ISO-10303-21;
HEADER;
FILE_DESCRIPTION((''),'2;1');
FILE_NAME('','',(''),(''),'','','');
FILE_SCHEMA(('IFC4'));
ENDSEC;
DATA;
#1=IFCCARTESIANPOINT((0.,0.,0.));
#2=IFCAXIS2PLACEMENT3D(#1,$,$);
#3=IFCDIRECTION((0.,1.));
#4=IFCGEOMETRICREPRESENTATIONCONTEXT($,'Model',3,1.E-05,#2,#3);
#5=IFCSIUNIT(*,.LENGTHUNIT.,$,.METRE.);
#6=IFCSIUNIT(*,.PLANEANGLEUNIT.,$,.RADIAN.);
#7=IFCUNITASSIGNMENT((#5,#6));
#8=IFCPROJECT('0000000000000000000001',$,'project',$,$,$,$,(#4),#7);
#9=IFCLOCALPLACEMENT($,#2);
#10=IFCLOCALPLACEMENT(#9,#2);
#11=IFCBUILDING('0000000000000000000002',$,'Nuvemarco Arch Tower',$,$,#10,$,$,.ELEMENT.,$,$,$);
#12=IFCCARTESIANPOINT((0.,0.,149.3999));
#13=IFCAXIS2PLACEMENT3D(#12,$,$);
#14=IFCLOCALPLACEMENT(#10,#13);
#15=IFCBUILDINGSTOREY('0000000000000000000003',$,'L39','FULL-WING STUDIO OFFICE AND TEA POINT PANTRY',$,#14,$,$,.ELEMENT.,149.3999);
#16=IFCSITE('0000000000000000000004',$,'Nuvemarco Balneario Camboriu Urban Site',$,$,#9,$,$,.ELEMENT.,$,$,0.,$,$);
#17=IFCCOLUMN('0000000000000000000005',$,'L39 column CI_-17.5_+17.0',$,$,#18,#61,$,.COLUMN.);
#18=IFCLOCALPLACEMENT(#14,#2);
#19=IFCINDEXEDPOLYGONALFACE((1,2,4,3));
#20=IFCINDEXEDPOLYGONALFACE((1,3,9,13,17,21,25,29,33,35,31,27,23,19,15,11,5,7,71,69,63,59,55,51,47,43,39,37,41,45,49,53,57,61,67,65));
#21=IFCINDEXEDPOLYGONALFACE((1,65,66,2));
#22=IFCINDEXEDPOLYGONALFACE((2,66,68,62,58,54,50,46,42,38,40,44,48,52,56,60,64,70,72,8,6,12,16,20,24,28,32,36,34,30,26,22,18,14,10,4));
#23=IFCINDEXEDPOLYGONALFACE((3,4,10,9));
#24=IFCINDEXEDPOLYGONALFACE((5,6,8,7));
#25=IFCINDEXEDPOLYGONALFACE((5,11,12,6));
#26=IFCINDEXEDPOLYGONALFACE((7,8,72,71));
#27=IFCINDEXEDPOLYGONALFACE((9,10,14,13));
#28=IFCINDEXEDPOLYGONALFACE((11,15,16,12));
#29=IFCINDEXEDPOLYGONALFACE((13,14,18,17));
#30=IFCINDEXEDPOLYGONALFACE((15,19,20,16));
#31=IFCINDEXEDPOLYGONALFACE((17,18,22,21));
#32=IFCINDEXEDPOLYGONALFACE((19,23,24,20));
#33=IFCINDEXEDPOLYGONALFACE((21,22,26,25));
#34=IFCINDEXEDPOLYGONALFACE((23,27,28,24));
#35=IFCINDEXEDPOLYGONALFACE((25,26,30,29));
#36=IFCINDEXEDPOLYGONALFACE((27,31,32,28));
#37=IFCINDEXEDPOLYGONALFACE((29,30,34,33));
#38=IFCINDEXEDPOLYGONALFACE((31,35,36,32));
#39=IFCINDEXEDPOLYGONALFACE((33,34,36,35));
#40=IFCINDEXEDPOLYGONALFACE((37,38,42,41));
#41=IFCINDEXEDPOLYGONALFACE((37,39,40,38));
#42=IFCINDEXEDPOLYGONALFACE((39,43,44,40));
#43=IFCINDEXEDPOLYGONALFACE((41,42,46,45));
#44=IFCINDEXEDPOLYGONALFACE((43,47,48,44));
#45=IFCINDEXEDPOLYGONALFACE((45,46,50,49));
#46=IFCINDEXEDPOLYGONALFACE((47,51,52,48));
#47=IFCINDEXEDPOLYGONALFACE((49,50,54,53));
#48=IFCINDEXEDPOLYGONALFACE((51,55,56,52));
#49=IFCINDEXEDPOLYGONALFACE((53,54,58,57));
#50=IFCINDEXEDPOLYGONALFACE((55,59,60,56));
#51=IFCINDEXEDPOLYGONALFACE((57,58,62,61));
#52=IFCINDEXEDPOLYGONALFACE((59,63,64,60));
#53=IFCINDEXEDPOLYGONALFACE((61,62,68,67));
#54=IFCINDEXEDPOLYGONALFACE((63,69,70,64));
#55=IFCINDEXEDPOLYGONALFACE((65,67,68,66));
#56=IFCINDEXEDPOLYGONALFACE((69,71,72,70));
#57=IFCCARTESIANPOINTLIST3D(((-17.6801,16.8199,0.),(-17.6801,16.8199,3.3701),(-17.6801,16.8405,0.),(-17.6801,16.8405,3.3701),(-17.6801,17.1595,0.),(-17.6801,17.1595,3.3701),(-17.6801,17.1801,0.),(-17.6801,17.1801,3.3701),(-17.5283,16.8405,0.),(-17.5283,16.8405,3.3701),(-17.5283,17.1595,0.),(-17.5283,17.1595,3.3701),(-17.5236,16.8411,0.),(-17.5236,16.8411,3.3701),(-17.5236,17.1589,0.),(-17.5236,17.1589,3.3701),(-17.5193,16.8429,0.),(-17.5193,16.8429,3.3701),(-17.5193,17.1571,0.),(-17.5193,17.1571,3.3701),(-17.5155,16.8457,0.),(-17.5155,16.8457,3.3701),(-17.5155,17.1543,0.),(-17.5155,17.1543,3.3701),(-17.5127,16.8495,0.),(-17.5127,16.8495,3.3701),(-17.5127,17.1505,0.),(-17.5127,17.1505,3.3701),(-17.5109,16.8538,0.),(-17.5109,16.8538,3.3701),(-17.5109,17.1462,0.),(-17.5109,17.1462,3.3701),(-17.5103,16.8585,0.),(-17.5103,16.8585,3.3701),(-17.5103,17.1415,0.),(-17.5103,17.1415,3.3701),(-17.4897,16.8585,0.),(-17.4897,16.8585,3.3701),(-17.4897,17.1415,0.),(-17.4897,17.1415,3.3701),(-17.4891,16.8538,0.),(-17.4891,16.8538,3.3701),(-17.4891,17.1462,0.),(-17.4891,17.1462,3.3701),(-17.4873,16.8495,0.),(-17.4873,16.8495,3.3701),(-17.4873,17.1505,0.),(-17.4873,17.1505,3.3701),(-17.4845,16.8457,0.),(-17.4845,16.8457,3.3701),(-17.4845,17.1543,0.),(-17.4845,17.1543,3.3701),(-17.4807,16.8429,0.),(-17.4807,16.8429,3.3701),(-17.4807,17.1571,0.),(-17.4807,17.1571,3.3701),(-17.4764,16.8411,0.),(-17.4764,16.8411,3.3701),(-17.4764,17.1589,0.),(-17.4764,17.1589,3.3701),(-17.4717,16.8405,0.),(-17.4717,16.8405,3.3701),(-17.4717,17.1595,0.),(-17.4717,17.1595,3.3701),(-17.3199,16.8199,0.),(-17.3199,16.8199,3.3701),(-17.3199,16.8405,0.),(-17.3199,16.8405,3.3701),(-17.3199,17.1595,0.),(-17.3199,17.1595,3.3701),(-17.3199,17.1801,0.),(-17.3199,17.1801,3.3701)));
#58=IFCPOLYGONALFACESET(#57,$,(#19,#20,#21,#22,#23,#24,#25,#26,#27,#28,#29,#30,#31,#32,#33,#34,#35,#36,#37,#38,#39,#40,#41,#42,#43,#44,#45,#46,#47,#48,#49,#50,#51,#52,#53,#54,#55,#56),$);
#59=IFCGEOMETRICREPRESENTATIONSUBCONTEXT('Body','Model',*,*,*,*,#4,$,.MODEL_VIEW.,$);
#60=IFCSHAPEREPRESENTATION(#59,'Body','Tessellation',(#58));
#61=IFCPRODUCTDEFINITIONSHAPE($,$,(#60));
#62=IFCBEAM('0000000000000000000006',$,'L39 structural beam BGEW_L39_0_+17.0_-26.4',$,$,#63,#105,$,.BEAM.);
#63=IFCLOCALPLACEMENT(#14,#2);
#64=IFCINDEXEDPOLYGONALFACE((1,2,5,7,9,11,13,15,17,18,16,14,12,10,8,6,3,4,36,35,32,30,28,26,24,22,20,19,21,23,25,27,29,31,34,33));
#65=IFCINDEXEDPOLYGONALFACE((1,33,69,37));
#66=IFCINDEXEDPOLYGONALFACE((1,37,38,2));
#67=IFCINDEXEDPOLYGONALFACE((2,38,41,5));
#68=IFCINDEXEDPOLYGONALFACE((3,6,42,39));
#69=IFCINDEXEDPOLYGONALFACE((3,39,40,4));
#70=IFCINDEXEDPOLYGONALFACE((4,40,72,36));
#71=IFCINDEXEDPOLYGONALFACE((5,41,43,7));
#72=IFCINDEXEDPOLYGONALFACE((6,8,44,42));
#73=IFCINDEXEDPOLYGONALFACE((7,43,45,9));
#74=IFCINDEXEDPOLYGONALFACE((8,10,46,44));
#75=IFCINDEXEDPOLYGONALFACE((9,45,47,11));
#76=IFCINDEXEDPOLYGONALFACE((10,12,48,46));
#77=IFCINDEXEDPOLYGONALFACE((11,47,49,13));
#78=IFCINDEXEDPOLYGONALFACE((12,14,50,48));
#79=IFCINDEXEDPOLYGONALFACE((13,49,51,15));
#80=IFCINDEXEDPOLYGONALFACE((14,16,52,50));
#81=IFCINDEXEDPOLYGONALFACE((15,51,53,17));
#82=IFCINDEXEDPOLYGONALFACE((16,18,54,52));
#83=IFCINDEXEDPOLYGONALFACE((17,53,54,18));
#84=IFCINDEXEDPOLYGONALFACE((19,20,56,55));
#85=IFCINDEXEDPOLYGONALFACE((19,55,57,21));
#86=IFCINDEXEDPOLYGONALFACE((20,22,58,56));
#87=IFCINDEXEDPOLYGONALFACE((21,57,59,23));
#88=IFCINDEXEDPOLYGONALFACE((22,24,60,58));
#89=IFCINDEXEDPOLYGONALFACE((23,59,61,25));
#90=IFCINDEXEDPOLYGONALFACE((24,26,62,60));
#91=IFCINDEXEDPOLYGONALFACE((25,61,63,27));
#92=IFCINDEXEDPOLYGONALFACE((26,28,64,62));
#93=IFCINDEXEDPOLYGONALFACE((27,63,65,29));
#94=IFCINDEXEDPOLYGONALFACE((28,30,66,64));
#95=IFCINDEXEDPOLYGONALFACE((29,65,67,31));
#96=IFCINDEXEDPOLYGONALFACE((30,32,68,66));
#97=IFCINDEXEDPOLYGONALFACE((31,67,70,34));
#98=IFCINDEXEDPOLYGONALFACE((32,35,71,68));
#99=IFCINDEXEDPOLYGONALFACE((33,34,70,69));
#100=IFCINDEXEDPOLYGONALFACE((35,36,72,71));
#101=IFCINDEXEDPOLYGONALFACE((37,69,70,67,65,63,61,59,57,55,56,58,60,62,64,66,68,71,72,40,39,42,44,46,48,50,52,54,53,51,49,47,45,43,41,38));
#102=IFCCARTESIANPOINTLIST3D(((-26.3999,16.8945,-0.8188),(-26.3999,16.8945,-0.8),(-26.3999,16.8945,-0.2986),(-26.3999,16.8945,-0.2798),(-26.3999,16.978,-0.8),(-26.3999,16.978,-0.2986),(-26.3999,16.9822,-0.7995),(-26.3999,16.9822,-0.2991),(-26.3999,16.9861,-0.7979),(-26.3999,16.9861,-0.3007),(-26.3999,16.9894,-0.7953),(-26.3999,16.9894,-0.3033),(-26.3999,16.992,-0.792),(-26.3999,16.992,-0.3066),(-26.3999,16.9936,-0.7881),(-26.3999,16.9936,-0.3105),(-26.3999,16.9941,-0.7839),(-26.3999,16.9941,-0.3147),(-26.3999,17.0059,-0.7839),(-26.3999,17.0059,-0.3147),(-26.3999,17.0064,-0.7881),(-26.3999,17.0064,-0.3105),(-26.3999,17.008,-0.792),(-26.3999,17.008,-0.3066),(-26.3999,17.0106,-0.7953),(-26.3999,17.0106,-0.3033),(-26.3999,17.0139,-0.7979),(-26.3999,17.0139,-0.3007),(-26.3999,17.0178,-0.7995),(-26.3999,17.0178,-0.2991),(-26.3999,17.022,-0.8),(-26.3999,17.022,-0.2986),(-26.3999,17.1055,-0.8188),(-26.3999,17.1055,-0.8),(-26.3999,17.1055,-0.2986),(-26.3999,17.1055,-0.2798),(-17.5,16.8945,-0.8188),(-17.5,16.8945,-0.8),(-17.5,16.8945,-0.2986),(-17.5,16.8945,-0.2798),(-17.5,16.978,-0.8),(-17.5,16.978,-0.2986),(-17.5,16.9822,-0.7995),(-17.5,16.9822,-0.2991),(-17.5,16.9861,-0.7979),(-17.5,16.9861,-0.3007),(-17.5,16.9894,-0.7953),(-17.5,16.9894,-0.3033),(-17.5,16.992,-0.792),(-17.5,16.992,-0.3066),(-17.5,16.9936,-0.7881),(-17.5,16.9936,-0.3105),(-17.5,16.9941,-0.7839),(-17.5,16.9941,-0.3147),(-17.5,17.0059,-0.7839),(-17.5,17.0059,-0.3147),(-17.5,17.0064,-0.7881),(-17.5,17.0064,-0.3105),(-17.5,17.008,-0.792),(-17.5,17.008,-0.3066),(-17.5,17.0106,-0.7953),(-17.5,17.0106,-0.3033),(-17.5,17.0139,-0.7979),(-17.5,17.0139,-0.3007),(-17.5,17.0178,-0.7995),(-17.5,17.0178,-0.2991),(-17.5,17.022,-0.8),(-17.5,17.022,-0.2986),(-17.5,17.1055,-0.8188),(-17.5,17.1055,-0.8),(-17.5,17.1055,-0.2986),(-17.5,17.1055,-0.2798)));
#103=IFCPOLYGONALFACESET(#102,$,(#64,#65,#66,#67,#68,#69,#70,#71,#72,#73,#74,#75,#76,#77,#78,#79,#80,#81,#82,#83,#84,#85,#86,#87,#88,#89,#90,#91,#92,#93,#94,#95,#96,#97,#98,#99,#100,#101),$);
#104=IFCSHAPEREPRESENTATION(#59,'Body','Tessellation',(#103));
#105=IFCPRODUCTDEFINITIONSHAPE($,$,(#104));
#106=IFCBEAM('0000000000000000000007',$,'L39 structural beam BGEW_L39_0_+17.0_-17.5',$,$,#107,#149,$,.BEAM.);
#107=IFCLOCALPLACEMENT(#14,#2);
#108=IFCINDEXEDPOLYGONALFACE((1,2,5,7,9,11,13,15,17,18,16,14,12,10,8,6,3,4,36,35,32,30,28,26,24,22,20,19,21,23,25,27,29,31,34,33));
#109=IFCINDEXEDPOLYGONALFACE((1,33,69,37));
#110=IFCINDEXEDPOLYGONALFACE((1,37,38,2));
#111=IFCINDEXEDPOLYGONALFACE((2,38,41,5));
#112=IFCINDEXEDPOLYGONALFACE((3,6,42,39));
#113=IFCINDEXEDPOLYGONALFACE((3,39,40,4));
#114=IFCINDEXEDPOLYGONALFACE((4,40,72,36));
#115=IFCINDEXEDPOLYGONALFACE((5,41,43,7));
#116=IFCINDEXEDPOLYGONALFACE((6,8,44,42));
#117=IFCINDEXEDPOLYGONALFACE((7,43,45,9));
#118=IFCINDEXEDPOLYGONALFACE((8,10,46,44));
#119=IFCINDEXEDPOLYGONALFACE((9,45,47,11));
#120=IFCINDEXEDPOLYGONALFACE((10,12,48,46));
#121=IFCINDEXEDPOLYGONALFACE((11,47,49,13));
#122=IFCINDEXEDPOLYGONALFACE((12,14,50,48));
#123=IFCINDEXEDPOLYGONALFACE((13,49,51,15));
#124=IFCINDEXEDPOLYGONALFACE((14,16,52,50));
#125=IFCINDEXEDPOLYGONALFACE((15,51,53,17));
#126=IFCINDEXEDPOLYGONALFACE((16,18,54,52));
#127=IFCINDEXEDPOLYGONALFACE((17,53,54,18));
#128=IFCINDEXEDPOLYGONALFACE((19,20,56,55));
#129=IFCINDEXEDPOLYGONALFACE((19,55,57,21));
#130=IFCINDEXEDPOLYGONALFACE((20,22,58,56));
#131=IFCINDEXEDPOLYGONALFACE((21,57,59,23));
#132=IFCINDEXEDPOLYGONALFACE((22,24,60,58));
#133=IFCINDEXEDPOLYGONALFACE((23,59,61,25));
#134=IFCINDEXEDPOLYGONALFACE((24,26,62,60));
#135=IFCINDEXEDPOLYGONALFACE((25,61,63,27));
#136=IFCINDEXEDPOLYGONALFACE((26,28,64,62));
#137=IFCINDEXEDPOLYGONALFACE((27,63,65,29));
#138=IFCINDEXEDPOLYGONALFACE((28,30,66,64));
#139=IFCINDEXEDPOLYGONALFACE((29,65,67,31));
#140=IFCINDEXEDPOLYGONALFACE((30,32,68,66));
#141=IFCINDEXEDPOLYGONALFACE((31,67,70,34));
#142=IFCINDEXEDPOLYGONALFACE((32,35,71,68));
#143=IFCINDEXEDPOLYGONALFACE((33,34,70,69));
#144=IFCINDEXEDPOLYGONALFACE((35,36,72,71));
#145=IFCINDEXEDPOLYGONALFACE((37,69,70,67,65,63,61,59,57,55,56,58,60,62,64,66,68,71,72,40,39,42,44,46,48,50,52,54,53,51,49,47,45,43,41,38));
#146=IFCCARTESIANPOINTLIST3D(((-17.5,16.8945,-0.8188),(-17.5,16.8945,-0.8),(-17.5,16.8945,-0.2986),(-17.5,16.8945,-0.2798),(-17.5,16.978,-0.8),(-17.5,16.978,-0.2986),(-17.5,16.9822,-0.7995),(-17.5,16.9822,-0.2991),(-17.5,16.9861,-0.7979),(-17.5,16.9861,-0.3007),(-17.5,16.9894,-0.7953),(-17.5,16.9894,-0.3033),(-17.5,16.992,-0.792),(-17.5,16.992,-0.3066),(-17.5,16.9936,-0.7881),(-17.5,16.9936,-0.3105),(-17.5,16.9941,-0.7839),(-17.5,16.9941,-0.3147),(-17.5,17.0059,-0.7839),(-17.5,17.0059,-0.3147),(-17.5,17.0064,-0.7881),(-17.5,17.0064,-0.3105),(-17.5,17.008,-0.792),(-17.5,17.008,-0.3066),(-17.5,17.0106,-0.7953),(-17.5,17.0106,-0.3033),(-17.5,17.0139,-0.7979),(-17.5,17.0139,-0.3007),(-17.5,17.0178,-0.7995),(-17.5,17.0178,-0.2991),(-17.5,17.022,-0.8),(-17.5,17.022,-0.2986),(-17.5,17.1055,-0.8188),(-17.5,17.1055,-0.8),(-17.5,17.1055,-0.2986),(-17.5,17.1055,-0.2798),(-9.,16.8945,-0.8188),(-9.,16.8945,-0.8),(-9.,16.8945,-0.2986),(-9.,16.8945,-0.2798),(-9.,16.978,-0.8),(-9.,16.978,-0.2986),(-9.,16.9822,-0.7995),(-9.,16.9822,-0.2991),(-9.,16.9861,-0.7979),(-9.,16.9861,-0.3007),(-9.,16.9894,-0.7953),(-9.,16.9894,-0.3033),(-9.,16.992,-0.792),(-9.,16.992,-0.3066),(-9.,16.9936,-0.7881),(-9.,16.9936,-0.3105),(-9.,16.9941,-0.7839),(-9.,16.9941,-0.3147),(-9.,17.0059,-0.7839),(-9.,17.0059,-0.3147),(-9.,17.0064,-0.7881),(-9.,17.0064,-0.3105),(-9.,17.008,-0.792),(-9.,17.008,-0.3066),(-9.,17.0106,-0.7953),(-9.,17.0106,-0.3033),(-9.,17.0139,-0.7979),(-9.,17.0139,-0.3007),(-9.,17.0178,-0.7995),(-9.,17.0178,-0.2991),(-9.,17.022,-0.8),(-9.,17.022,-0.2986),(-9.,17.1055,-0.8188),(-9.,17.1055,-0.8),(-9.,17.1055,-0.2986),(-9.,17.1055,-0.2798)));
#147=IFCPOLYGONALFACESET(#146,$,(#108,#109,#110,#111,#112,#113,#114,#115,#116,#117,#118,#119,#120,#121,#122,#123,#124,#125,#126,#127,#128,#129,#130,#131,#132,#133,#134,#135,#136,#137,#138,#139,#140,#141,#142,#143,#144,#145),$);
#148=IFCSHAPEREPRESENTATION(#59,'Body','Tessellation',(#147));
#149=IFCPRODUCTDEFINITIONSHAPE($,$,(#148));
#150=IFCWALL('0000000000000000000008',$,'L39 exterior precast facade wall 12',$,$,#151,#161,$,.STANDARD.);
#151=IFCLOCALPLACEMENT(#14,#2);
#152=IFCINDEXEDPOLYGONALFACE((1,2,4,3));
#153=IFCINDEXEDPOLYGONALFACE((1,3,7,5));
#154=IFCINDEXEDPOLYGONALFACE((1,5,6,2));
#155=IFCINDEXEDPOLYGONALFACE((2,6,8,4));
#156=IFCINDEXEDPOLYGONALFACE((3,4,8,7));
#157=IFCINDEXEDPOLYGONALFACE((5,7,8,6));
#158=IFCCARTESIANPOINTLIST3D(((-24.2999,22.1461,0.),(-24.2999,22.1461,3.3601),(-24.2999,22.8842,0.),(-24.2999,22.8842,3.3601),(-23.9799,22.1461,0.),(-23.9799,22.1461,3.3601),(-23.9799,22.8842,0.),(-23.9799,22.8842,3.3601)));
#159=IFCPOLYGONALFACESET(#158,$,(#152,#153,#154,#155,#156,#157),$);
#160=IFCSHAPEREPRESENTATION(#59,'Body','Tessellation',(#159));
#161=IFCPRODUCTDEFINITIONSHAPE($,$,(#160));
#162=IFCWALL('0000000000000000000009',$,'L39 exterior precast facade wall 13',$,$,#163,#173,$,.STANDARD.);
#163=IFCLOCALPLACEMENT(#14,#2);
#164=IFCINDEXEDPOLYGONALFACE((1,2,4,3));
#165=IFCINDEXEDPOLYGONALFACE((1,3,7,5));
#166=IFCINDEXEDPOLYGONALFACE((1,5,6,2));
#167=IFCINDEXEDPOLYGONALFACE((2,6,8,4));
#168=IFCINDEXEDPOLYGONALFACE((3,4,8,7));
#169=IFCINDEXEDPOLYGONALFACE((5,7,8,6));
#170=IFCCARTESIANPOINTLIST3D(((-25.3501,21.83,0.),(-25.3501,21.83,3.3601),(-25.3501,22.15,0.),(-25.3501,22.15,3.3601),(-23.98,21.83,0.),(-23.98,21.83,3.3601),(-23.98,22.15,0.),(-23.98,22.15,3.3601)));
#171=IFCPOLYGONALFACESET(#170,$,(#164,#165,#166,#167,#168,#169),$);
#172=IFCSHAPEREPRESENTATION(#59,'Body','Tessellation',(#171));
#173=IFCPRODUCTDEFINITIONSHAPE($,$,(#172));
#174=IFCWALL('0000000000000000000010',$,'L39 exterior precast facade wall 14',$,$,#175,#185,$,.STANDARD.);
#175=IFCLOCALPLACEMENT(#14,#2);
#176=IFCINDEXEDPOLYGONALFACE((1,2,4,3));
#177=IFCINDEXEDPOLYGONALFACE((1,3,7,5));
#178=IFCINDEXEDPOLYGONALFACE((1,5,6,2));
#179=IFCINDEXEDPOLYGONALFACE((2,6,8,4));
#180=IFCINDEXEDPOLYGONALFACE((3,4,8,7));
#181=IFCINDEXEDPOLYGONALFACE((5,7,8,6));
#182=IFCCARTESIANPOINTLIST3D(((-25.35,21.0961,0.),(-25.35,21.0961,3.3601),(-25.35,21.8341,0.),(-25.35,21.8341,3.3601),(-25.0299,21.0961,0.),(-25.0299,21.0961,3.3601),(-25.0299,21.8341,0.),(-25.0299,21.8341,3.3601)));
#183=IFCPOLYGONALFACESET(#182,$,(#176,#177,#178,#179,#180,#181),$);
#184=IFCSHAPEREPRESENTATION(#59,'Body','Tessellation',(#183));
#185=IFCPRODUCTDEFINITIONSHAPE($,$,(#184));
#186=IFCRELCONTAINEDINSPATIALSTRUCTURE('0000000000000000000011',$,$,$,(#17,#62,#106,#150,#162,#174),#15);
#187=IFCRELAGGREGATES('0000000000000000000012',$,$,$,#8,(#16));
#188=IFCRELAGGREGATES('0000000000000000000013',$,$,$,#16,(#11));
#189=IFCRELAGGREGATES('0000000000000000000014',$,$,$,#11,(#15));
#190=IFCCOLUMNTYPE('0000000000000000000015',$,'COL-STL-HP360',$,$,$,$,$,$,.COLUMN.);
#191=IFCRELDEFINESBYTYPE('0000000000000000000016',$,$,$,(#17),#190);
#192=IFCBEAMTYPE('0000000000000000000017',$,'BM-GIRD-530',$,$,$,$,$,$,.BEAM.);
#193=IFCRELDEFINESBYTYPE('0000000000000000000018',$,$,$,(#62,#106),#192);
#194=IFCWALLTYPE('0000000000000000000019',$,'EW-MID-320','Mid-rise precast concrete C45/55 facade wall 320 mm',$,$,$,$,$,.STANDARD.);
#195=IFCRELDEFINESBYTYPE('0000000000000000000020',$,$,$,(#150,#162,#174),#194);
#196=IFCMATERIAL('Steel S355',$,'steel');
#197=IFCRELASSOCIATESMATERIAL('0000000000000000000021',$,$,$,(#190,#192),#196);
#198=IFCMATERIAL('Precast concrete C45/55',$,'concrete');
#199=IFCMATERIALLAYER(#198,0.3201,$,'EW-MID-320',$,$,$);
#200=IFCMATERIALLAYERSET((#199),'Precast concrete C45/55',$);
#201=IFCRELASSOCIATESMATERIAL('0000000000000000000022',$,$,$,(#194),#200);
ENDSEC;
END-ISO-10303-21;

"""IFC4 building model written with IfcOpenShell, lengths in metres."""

from ifc_helpers import new_model, si_unit, direction, frame, frame_2d, origin, origin_2d, place, context, subcontext, project, spatial, rectangle, i_section, extrude, material, layer, layer_set, material_profile, profile_set, type_object, element, save


model = new_model("IFC4")

# Units and contexts
model_context = context("Model", 3, precision=1e-05, world=origin(), true_north=direction((0.0, 1.0)))
body_context = subcontext(model_context, "Body", "Model", "MODEL_VIEW")
ifc_project = project(units=[si_unit("LENGTHUNIT", "METRE"), si_unit("PLANEANGLEUNIT", "RADIAN")], contexts=[model_context])

# Site, building, storey
site_placement = place(None, origin())
site = spatial("IfcSite", under=ifc_project, at=site_placement, Name="Nuvemarco Balneario Camboriu Urban Site", CompositionType="ELEMENT", RefElevation=0.0)
building_placement = place(site_placement, origin())
building = spatial("IfcBuilding", under=site, at=building_placement, Name="Nuvemarco Arch Tower", CompositionType="ELEMENT")
storey_placement = place(building_placement, frame((0.0, 0.0, 149.3999)))
storey = spatial("IfcBuildingStorey", under=building, at=storey_placement, Name="L39", Description="FULL-WING STUDIO OFFICE AND TEA POINT PANTRY", CompositionType="ELEMENT", Elevation=149.3999)

# Column
ifc_material_1 = material(Name="Steel S355", Category="steel")
ifc_material_profile_1 = material_profile(ifc_material_1, i_section(OverallWidth=0.3601, OverallDepth=0.3601, WebThickness=0.0205, FlangeThickness=0.0205, FilletRadius=0.0181, at=origin_2d()), Name="HP360x174")
ifc_profile_set_1 = profile_set([ifc_material_profile_1], Name="Steel S355")
column_type = type_object("IfcColumnType", Name="COL-STL-HP360", PredefinedType="COLUMN", material=ifc_profile_set_1)
column_placement = place(storey_placement, frame((-17.5, 17.0, 0.0), z_axis=(0.0, 0.0, 1.0), x_axis=(1.0, 0.0, 0.0)))
element("IfcColumn", 1, at=column_placement, inside=storey, type_object=column_type, Name="L39 column CI_-17.5_+17.0", PredefinedType="COLUMN", context=body_context, shape_type="SweptSolid", body=[
    extrude(i_section(OverallWidth=0.3601, OverallDepth=0.3601, WebThickness=0.0205, FlangeThickness=0.0205, FilletRadius=0.0181, at=origin_2d()), origin(), (0.0, 0.0, 1.0), 3.3701),
])

# Beams
ifc_material_profile_2 = material_profile(ifc_material_1, i_section(OverallWidth=0.2109, OverallDepth=0.5391, WebThickness=0.0117, FlangeThickness=0.0188, FilletRadius=0.0161, at=origin_2d()), Name="W530x109")
ifc_profile_set_2 = profile_set([ifc_material_profile_2], Name="Steel S355")
beam_type = type_object("IfcBeamType", Name="BM-GIRD-530", PredefinedType="BEAM", material=ifc_profile_set_2)
beam_1_placement = place(storey_placement, frame((-26.3999, 17.0, -0.5493), z_axis=(1.0, 0.0, 0.0), x_axis=(0.0, 1.0, 0.0)))
element("IfcBeam", 2, at=beam_1_placement, inside=storey, type_object=beam_type, Name="L39 structural beam BGEW_L39_0_+17.0_-26.4", PredefinedType="BEAM", context=body_context, shape_type="SweptSolid", body=[
    extrude(i_section(OverallWidth=0.2109, OverallDepth=0.5391, WebThickness=0.0117, FlangeThickness=0.0188, FilletRadius=0.0161, at=origin_2d()), origin(), (0.0, 0.0, 1.0), 8.8999),
])
beam_2_placement = place(storey_placement, frame((-17.5, 17.0, -0.5493), z_axis=(1.0, 0.0, 0.0), x_axis=(0.0, 1.0, 0.0)))
element("IfcBeam", 3, at=beam_2_placement, inside=storey, type_object=beam_type, Name="L39 structural beam BGEW_L39_0_+17.0_-17.5", PredefinedType="BEAM", context=body_context, shape_type="SweptSolid", body=[
    extrude(i_section(OverallWidth=0.2109, OverallDepth=0.5391, WebThickness=0.0117, FlangeThickness=0.0188, FilletRadius=0.0161, at=origin_2d()), origin(), (0.0, 0.0, 1.0), 8.5),
])

# Shared definitions
ifc_material_2 = material(Name="Precast concrete C45/55", Category="concrete")
ifc_layer = layer(ifc_material_2, 0.3201, Name="EW-MID-320")
ifc_layer_set = layer_set([ifc_layer], Name="Precast concrete C45/55")
wall_type = type_object("IfcWallType", Name="EW-MID-320", Description="Mid-rise precast concrete C45/55 facade wall 320 mm", PredefinedType="STANDARD", material=ifc_layer_set)

# Walls
wall_1_placement = place(storey_placement, frame((-24.1399, 22.146, 0.0), z_axis=(0.0, 0.0, 1.0), x_axis=(0.0, 1.0, 0.0)))
element("IfcWall", 4, at=wall_1_placement, inside=storey, type_object=wall_type, Name="L39 exterior precast facade wall 12", PredefinedType="STANDARD", context=body_context, shape_type="SweptSolid", body=[
    extrude(rectangle(XDim=0.738, YDim=0.3201, at=frame_2d((0.3691, 0.0))), origin(), (0.0, 0.0, 1.0), 3.3601),
])
wall_2_placement = place(storey_placement, frame((-25.3501, 21.99, 0.0), z_axis=(0.0, 0.0, 1.0), x_axis=(1.0, 0.0, 0.0)))
element("IfcWall", 5, at=wall_2_placement, inside=storey, type_object=wall_type, Name="L39 exterior precast facade wall 13", PredefinedType="STANDARD", context=body_context, shape_type="SweptSolid", body=[
    extrude(rectangle(XDim=1.3701, YDim=0.3201, at=frame_2d((0.6851, 0.0))), origin(), (0.0, 0.0, 1.0), 3.3601),
])
wall_3_placement = place(storey_placement, frame((-25.1899, 21.0959, 0.0), z_axis=(0.0, 0.0, 1.0), x_axis=(0.0, 1.0, 0.0)))
element("IfcWall", 6, at=wall_3_placement, inside=storey, type_object=wall_type, Name="L39 exterior precast facade wall 14", PredefinedType="STANDARD", context=body_context, shape_type="SweptSolid", body=[
    extrude(rectangle(XDim=0.738, YDim=0.3201, at=frame_2d((0.3691, 0.0))), origin(), (0.0, 0.0, 1.0), 3.3601),
])

save(model, "model.ifc")
